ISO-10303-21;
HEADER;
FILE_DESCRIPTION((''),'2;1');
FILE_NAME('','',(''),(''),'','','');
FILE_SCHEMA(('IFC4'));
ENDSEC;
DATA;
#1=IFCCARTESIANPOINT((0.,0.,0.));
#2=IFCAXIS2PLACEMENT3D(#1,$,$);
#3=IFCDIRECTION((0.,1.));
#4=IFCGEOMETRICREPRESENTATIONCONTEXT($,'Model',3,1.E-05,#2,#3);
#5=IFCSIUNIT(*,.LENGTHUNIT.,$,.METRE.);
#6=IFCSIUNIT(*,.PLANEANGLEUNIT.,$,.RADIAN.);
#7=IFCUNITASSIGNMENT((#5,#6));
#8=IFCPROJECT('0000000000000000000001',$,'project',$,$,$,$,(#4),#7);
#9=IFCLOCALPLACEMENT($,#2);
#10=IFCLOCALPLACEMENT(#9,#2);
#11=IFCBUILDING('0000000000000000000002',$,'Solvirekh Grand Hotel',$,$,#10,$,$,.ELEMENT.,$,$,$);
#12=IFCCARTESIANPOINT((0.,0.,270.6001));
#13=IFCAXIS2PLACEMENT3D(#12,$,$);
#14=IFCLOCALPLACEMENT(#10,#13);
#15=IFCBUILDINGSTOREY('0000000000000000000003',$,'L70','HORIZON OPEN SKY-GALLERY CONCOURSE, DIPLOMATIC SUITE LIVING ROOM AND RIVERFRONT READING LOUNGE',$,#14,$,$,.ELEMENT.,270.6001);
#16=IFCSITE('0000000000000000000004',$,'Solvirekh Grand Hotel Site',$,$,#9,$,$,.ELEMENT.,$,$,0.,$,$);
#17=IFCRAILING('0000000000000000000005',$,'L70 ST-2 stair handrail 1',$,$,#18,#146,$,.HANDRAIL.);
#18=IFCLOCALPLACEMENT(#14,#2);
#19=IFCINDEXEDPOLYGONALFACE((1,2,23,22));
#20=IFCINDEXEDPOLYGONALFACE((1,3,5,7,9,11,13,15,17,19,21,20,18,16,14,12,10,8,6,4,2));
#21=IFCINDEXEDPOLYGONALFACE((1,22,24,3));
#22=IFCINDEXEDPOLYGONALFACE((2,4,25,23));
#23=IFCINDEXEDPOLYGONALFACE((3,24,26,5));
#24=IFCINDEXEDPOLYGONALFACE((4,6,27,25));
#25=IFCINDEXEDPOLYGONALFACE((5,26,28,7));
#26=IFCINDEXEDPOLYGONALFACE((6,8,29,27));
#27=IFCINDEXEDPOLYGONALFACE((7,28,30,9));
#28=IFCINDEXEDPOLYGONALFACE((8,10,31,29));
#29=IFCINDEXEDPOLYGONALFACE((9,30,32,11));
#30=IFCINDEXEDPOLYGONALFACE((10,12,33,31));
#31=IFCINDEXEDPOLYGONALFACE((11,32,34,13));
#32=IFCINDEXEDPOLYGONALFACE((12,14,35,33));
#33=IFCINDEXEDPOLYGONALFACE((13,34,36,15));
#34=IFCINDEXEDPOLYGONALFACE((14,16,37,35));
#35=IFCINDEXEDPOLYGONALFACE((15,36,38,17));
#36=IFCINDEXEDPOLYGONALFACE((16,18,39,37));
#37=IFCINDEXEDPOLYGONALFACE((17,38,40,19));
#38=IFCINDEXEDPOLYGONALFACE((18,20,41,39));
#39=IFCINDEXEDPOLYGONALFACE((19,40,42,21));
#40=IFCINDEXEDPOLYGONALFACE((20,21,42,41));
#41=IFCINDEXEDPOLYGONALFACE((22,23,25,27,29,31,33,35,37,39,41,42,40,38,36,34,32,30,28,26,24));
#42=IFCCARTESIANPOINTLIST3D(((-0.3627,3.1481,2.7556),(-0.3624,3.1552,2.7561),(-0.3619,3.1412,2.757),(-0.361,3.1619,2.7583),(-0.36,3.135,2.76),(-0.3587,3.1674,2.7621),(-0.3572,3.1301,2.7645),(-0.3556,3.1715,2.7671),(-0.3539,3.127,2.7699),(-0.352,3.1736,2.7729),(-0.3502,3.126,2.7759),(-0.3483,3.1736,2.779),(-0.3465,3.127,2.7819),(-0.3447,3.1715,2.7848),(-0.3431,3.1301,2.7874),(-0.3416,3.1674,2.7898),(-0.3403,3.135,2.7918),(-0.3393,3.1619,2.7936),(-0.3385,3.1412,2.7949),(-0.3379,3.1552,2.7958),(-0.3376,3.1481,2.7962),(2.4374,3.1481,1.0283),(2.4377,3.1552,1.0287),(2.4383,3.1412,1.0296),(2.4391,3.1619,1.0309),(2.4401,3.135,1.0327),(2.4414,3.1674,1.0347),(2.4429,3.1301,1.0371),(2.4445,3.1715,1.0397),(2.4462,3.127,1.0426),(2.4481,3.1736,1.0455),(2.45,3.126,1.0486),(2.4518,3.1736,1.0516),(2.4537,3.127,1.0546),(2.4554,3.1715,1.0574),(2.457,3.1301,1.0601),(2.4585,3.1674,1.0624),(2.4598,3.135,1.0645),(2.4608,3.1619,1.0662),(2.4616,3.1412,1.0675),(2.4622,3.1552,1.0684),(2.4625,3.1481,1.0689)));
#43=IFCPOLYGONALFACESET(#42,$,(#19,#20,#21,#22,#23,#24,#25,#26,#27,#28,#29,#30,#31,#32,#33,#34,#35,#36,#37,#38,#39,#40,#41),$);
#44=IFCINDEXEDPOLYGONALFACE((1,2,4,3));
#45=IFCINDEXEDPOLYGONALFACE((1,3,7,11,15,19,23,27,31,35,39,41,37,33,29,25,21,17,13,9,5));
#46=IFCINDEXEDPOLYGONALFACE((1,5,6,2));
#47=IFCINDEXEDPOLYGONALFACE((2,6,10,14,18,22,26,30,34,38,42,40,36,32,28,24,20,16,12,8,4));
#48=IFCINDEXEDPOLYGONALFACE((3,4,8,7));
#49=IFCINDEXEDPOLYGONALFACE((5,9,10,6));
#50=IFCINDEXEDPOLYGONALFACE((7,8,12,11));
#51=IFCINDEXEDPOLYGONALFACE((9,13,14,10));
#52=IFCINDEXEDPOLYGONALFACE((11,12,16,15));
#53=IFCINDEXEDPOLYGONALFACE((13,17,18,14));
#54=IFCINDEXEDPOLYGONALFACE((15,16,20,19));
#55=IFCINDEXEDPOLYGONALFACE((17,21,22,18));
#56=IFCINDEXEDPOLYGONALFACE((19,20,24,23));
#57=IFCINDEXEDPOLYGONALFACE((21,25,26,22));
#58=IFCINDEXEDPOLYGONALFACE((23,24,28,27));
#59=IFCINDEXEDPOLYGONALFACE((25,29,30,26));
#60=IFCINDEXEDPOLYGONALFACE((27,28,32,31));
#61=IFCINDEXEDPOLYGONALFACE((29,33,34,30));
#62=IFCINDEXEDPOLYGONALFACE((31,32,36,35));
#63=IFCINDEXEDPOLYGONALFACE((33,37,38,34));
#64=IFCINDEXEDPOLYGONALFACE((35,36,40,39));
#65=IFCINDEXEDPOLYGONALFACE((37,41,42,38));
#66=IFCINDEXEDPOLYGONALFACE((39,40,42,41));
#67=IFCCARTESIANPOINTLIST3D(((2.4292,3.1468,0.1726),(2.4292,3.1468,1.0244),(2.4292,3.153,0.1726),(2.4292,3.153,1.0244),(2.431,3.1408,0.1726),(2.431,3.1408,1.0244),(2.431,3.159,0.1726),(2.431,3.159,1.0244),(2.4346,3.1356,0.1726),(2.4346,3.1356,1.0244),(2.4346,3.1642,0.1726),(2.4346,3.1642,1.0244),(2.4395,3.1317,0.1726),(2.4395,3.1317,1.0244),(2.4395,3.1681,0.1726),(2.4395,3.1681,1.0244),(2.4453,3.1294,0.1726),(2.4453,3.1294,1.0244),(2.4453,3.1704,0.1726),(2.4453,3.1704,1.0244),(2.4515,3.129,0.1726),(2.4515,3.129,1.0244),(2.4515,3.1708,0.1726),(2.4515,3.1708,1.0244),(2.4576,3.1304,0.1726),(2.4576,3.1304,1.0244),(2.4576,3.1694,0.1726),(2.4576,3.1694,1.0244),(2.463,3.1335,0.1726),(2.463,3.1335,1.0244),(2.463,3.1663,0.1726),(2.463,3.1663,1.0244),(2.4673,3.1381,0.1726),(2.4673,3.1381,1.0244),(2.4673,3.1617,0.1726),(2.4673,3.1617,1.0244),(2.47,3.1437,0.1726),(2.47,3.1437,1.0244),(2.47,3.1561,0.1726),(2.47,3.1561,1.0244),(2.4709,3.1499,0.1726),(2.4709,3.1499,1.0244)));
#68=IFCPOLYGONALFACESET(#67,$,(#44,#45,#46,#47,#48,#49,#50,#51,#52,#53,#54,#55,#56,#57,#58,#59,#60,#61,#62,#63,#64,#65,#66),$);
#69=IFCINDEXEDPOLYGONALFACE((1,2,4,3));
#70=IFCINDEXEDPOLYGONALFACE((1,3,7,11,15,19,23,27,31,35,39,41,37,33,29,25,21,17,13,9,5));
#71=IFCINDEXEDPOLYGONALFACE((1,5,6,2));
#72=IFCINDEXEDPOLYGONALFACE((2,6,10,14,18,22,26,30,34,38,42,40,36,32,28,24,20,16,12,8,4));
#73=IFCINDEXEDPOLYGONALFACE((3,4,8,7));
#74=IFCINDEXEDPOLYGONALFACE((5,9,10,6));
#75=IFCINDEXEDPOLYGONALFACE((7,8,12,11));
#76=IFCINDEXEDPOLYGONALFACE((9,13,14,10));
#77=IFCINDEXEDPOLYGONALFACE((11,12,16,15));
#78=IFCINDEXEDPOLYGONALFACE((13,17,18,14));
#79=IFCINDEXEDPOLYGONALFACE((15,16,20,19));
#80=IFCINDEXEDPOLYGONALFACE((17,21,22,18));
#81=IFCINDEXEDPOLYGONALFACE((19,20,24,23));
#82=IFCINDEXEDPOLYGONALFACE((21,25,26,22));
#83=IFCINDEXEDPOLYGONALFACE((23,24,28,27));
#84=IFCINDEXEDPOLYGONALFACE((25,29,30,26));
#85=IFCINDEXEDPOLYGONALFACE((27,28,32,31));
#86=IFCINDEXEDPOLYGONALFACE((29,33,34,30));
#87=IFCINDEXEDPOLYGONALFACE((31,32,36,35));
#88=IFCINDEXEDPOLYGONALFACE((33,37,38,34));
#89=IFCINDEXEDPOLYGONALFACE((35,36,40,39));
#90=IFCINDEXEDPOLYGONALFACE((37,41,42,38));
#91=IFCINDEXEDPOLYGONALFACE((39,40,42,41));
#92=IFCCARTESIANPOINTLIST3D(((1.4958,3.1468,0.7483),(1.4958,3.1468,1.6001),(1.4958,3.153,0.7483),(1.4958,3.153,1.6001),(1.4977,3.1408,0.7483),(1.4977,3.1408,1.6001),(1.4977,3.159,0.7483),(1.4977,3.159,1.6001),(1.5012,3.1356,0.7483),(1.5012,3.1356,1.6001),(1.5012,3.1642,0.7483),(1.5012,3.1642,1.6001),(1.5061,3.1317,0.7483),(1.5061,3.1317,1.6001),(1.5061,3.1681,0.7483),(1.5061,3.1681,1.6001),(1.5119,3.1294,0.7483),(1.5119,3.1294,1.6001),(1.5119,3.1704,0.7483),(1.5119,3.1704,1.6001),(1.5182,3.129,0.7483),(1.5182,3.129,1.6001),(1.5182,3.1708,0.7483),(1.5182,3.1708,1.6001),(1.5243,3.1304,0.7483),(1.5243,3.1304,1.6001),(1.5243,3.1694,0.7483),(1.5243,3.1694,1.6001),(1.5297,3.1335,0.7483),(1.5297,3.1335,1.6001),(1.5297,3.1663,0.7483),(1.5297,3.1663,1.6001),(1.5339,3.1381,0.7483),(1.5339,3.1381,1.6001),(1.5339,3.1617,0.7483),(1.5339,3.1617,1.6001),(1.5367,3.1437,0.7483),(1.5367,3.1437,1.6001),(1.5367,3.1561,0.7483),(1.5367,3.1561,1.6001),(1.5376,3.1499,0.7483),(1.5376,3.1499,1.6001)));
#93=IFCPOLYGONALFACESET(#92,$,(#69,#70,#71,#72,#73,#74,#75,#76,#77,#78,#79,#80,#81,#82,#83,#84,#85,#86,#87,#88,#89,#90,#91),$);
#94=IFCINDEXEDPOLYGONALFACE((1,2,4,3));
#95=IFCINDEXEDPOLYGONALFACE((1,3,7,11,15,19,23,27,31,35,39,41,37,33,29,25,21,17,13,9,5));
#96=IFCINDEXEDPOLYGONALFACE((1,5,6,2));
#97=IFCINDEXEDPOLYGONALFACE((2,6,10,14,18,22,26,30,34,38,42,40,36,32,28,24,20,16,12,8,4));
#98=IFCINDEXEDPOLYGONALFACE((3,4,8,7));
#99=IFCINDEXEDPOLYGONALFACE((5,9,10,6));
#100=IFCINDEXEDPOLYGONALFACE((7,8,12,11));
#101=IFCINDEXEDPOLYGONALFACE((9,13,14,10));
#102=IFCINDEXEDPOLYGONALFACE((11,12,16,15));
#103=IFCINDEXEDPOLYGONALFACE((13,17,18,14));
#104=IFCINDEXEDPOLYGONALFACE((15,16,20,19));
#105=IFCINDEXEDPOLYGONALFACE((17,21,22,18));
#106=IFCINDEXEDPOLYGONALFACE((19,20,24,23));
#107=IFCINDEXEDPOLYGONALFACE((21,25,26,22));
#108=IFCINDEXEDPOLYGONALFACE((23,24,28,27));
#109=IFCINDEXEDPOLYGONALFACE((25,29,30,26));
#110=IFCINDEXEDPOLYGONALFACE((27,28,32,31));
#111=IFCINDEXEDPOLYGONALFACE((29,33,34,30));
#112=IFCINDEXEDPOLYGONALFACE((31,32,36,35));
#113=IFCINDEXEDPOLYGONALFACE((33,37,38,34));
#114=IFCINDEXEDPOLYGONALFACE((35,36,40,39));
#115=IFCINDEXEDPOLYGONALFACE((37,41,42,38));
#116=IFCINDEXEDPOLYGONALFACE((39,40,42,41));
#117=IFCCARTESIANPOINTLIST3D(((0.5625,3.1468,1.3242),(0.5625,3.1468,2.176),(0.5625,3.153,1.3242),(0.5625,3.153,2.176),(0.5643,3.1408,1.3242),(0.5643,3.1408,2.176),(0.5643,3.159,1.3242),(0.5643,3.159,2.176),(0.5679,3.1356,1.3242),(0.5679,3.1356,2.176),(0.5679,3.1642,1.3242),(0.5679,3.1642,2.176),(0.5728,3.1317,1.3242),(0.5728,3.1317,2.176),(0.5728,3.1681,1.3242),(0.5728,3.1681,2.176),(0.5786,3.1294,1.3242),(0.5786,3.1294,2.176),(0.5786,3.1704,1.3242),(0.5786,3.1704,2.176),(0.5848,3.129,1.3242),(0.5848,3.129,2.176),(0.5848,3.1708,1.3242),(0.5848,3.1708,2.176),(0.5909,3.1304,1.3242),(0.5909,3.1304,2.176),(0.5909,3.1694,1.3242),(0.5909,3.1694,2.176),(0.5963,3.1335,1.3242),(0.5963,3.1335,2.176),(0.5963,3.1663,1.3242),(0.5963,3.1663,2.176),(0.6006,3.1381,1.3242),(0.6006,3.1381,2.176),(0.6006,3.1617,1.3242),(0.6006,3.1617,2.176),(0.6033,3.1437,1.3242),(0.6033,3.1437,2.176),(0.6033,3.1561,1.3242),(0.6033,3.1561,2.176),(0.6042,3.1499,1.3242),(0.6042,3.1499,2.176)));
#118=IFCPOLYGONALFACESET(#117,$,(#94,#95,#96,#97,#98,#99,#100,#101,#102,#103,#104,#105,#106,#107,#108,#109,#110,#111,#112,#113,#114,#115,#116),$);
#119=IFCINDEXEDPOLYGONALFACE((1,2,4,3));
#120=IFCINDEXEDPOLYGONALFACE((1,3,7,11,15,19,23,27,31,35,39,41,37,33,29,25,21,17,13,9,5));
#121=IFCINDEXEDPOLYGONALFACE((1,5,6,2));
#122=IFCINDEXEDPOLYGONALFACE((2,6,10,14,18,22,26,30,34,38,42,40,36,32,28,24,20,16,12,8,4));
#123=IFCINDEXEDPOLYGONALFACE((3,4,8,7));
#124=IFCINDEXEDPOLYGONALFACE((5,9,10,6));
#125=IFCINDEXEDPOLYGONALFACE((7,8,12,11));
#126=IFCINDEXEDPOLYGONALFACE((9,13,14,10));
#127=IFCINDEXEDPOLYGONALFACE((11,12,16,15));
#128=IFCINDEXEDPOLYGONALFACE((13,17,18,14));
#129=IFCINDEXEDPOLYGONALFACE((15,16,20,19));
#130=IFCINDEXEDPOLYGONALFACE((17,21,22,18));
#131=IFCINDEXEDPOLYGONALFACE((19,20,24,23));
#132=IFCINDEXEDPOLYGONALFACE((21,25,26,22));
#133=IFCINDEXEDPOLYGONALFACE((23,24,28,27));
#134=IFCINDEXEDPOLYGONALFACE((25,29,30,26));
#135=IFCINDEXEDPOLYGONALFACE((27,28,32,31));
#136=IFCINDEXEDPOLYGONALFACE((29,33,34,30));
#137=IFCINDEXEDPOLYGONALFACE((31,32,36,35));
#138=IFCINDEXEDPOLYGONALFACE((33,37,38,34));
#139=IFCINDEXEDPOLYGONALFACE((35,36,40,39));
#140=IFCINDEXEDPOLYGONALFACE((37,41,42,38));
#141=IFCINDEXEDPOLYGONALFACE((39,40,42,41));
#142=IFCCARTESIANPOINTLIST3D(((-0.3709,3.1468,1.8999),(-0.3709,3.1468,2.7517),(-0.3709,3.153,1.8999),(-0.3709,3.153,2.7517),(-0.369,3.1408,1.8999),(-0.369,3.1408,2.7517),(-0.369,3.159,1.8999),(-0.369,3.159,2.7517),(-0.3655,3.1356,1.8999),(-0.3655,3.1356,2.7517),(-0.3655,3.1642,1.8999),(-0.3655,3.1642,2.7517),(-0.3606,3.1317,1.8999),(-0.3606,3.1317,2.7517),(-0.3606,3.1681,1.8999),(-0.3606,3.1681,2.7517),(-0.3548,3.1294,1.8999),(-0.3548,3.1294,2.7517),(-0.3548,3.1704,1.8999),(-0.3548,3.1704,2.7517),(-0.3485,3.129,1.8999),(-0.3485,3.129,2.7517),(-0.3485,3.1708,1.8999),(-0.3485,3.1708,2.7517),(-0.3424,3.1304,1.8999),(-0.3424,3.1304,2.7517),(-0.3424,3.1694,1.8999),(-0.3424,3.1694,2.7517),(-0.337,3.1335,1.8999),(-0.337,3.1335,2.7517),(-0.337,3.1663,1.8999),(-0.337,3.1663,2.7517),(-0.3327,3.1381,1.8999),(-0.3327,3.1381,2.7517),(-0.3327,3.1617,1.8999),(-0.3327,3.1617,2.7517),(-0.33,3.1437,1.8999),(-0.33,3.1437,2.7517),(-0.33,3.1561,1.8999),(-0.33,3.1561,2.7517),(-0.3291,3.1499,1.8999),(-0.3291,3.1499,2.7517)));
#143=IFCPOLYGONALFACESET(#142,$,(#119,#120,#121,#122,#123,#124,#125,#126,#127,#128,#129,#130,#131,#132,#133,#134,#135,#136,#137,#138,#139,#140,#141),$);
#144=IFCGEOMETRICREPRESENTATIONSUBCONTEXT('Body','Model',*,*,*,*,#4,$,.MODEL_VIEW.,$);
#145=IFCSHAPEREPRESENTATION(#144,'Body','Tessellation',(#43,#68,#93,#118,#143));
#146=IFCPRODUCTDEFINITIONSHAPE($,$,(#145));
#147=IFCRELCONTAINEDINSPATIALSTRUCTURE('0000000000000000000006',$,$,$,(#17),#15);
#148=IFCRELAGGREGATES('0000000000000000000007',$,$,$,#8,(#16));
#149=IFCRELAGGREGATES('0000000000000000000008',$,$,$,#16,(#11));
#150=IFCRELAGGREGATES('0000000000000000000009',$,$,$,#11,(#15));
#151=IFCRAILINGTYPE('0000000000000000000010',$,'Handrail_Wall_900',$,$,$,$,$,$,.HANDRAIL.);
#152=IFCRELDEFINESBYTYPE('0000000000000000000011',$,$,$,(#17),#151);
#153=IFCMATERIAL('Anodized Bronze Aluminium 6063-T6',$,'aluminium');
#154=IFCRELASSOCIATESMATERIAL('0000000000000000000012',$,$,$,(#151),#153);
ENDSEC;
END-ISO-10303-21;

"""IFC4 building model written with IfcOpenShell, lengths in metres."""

from ifc_helpers import new_model, si_unit, direction, frame, origin, origin_2d, place, context, subcontext, project, spatial, circle, extrude, material, type_object, element, save


model = new_model("IFC4")

# Units and contexts
model_context = context("Model", 3, precision=1e-05, world=origin(), true_north=direction((0.0, 1.0)))
body_context = subcontext(model_context, "Body", "Model", "MODEL_VIEW")
ifc_project = project(units=[si_unit("LENGTHUNIT", "METRE"), si_unit("PLANEANGLEUNIT", "RADIAN")], contexts=[model_context])

# Site, building, storey
site_placement = place(None, origin())
site = spatial("IfcSite", under=ifc_project, at=site_placement, Name="Solvirekh Grand Hotel Site", CompositionType="ELEMENT", RefElevation=0.0)
building_placement = place(site_placement, origin())
building = spatial("IfcBuilding", under=site, at=building_placement, Name="Solvirekh Grand Hotel", CompositionType="ELEMENT")
storey_placement = place(building_placement, frame((0.0, 0.0, 270.6001)))
storey = spatial("IfcBuildingStorey", under=building, at=storey_placement, Name="L70", Description="HORIZON OPEN SKY-GALLERY CONCOURSE, DIPLOMATIC SUITE LIVING ROOM AND RIVERFRONT READING LOUNGE", CompositionType="ELEMENT", Elevation=270.6001)

# Shared definitions
ifc_material_1 = material(Name="Anodized Bronze Aluminium 6063-T6", Category="aluminium")

# Railing
railing_type_1 = type_object("IfcRailingType", Name="Handrail_Wall_900", PredefinedType="HANDRAIL", material=ifc_material_1)
railing_1_placement = place(storey_placement, frame((2.45, 3.1499, 0.1726)))
element("IfcRailing", 1, at=railing_1_placement, inside=storey, type_object=railing_type_1, Name="L70 ST-2 stair handrail 1", PredefinedType="HANDRAIL", context=body_context, shape_type="SweptSolid", body=[
    extrude(circle(Radius=0.0239, at=origin_2d()), frame((0.0, 0.0, 0.876), z_axis=(-0.85109, 0.0, 0.52502), x_axis=(0.0, -1.0, 0.0)), (0.0, 0.0, 1.0), 3.29),
    extrude(circle(Radius=0.021, at=origin_2d()), origin(), (0.0, 0.0, 1.0), 0.8518),
    extrude(circle(Radius=0.021, at=origin_2d()), frame((-0.9333, 0.0, 0.5757)), (0.0, 0.0, 1.0), 0.8518),
    extrude(circle(Radius=0.021, at=origin_2d()), frame((-1.8667, 0.0, 1.1516)), (0.0, 0.0, 1.0), 0.8518),
    extrude(circle(Radius=0.021, at=origin_2d()), frame((-2.8, 0.0, 1.7273)), (0.0, 0.0, 1.0), 0.8518),
])

save(model, "model.ifc")
